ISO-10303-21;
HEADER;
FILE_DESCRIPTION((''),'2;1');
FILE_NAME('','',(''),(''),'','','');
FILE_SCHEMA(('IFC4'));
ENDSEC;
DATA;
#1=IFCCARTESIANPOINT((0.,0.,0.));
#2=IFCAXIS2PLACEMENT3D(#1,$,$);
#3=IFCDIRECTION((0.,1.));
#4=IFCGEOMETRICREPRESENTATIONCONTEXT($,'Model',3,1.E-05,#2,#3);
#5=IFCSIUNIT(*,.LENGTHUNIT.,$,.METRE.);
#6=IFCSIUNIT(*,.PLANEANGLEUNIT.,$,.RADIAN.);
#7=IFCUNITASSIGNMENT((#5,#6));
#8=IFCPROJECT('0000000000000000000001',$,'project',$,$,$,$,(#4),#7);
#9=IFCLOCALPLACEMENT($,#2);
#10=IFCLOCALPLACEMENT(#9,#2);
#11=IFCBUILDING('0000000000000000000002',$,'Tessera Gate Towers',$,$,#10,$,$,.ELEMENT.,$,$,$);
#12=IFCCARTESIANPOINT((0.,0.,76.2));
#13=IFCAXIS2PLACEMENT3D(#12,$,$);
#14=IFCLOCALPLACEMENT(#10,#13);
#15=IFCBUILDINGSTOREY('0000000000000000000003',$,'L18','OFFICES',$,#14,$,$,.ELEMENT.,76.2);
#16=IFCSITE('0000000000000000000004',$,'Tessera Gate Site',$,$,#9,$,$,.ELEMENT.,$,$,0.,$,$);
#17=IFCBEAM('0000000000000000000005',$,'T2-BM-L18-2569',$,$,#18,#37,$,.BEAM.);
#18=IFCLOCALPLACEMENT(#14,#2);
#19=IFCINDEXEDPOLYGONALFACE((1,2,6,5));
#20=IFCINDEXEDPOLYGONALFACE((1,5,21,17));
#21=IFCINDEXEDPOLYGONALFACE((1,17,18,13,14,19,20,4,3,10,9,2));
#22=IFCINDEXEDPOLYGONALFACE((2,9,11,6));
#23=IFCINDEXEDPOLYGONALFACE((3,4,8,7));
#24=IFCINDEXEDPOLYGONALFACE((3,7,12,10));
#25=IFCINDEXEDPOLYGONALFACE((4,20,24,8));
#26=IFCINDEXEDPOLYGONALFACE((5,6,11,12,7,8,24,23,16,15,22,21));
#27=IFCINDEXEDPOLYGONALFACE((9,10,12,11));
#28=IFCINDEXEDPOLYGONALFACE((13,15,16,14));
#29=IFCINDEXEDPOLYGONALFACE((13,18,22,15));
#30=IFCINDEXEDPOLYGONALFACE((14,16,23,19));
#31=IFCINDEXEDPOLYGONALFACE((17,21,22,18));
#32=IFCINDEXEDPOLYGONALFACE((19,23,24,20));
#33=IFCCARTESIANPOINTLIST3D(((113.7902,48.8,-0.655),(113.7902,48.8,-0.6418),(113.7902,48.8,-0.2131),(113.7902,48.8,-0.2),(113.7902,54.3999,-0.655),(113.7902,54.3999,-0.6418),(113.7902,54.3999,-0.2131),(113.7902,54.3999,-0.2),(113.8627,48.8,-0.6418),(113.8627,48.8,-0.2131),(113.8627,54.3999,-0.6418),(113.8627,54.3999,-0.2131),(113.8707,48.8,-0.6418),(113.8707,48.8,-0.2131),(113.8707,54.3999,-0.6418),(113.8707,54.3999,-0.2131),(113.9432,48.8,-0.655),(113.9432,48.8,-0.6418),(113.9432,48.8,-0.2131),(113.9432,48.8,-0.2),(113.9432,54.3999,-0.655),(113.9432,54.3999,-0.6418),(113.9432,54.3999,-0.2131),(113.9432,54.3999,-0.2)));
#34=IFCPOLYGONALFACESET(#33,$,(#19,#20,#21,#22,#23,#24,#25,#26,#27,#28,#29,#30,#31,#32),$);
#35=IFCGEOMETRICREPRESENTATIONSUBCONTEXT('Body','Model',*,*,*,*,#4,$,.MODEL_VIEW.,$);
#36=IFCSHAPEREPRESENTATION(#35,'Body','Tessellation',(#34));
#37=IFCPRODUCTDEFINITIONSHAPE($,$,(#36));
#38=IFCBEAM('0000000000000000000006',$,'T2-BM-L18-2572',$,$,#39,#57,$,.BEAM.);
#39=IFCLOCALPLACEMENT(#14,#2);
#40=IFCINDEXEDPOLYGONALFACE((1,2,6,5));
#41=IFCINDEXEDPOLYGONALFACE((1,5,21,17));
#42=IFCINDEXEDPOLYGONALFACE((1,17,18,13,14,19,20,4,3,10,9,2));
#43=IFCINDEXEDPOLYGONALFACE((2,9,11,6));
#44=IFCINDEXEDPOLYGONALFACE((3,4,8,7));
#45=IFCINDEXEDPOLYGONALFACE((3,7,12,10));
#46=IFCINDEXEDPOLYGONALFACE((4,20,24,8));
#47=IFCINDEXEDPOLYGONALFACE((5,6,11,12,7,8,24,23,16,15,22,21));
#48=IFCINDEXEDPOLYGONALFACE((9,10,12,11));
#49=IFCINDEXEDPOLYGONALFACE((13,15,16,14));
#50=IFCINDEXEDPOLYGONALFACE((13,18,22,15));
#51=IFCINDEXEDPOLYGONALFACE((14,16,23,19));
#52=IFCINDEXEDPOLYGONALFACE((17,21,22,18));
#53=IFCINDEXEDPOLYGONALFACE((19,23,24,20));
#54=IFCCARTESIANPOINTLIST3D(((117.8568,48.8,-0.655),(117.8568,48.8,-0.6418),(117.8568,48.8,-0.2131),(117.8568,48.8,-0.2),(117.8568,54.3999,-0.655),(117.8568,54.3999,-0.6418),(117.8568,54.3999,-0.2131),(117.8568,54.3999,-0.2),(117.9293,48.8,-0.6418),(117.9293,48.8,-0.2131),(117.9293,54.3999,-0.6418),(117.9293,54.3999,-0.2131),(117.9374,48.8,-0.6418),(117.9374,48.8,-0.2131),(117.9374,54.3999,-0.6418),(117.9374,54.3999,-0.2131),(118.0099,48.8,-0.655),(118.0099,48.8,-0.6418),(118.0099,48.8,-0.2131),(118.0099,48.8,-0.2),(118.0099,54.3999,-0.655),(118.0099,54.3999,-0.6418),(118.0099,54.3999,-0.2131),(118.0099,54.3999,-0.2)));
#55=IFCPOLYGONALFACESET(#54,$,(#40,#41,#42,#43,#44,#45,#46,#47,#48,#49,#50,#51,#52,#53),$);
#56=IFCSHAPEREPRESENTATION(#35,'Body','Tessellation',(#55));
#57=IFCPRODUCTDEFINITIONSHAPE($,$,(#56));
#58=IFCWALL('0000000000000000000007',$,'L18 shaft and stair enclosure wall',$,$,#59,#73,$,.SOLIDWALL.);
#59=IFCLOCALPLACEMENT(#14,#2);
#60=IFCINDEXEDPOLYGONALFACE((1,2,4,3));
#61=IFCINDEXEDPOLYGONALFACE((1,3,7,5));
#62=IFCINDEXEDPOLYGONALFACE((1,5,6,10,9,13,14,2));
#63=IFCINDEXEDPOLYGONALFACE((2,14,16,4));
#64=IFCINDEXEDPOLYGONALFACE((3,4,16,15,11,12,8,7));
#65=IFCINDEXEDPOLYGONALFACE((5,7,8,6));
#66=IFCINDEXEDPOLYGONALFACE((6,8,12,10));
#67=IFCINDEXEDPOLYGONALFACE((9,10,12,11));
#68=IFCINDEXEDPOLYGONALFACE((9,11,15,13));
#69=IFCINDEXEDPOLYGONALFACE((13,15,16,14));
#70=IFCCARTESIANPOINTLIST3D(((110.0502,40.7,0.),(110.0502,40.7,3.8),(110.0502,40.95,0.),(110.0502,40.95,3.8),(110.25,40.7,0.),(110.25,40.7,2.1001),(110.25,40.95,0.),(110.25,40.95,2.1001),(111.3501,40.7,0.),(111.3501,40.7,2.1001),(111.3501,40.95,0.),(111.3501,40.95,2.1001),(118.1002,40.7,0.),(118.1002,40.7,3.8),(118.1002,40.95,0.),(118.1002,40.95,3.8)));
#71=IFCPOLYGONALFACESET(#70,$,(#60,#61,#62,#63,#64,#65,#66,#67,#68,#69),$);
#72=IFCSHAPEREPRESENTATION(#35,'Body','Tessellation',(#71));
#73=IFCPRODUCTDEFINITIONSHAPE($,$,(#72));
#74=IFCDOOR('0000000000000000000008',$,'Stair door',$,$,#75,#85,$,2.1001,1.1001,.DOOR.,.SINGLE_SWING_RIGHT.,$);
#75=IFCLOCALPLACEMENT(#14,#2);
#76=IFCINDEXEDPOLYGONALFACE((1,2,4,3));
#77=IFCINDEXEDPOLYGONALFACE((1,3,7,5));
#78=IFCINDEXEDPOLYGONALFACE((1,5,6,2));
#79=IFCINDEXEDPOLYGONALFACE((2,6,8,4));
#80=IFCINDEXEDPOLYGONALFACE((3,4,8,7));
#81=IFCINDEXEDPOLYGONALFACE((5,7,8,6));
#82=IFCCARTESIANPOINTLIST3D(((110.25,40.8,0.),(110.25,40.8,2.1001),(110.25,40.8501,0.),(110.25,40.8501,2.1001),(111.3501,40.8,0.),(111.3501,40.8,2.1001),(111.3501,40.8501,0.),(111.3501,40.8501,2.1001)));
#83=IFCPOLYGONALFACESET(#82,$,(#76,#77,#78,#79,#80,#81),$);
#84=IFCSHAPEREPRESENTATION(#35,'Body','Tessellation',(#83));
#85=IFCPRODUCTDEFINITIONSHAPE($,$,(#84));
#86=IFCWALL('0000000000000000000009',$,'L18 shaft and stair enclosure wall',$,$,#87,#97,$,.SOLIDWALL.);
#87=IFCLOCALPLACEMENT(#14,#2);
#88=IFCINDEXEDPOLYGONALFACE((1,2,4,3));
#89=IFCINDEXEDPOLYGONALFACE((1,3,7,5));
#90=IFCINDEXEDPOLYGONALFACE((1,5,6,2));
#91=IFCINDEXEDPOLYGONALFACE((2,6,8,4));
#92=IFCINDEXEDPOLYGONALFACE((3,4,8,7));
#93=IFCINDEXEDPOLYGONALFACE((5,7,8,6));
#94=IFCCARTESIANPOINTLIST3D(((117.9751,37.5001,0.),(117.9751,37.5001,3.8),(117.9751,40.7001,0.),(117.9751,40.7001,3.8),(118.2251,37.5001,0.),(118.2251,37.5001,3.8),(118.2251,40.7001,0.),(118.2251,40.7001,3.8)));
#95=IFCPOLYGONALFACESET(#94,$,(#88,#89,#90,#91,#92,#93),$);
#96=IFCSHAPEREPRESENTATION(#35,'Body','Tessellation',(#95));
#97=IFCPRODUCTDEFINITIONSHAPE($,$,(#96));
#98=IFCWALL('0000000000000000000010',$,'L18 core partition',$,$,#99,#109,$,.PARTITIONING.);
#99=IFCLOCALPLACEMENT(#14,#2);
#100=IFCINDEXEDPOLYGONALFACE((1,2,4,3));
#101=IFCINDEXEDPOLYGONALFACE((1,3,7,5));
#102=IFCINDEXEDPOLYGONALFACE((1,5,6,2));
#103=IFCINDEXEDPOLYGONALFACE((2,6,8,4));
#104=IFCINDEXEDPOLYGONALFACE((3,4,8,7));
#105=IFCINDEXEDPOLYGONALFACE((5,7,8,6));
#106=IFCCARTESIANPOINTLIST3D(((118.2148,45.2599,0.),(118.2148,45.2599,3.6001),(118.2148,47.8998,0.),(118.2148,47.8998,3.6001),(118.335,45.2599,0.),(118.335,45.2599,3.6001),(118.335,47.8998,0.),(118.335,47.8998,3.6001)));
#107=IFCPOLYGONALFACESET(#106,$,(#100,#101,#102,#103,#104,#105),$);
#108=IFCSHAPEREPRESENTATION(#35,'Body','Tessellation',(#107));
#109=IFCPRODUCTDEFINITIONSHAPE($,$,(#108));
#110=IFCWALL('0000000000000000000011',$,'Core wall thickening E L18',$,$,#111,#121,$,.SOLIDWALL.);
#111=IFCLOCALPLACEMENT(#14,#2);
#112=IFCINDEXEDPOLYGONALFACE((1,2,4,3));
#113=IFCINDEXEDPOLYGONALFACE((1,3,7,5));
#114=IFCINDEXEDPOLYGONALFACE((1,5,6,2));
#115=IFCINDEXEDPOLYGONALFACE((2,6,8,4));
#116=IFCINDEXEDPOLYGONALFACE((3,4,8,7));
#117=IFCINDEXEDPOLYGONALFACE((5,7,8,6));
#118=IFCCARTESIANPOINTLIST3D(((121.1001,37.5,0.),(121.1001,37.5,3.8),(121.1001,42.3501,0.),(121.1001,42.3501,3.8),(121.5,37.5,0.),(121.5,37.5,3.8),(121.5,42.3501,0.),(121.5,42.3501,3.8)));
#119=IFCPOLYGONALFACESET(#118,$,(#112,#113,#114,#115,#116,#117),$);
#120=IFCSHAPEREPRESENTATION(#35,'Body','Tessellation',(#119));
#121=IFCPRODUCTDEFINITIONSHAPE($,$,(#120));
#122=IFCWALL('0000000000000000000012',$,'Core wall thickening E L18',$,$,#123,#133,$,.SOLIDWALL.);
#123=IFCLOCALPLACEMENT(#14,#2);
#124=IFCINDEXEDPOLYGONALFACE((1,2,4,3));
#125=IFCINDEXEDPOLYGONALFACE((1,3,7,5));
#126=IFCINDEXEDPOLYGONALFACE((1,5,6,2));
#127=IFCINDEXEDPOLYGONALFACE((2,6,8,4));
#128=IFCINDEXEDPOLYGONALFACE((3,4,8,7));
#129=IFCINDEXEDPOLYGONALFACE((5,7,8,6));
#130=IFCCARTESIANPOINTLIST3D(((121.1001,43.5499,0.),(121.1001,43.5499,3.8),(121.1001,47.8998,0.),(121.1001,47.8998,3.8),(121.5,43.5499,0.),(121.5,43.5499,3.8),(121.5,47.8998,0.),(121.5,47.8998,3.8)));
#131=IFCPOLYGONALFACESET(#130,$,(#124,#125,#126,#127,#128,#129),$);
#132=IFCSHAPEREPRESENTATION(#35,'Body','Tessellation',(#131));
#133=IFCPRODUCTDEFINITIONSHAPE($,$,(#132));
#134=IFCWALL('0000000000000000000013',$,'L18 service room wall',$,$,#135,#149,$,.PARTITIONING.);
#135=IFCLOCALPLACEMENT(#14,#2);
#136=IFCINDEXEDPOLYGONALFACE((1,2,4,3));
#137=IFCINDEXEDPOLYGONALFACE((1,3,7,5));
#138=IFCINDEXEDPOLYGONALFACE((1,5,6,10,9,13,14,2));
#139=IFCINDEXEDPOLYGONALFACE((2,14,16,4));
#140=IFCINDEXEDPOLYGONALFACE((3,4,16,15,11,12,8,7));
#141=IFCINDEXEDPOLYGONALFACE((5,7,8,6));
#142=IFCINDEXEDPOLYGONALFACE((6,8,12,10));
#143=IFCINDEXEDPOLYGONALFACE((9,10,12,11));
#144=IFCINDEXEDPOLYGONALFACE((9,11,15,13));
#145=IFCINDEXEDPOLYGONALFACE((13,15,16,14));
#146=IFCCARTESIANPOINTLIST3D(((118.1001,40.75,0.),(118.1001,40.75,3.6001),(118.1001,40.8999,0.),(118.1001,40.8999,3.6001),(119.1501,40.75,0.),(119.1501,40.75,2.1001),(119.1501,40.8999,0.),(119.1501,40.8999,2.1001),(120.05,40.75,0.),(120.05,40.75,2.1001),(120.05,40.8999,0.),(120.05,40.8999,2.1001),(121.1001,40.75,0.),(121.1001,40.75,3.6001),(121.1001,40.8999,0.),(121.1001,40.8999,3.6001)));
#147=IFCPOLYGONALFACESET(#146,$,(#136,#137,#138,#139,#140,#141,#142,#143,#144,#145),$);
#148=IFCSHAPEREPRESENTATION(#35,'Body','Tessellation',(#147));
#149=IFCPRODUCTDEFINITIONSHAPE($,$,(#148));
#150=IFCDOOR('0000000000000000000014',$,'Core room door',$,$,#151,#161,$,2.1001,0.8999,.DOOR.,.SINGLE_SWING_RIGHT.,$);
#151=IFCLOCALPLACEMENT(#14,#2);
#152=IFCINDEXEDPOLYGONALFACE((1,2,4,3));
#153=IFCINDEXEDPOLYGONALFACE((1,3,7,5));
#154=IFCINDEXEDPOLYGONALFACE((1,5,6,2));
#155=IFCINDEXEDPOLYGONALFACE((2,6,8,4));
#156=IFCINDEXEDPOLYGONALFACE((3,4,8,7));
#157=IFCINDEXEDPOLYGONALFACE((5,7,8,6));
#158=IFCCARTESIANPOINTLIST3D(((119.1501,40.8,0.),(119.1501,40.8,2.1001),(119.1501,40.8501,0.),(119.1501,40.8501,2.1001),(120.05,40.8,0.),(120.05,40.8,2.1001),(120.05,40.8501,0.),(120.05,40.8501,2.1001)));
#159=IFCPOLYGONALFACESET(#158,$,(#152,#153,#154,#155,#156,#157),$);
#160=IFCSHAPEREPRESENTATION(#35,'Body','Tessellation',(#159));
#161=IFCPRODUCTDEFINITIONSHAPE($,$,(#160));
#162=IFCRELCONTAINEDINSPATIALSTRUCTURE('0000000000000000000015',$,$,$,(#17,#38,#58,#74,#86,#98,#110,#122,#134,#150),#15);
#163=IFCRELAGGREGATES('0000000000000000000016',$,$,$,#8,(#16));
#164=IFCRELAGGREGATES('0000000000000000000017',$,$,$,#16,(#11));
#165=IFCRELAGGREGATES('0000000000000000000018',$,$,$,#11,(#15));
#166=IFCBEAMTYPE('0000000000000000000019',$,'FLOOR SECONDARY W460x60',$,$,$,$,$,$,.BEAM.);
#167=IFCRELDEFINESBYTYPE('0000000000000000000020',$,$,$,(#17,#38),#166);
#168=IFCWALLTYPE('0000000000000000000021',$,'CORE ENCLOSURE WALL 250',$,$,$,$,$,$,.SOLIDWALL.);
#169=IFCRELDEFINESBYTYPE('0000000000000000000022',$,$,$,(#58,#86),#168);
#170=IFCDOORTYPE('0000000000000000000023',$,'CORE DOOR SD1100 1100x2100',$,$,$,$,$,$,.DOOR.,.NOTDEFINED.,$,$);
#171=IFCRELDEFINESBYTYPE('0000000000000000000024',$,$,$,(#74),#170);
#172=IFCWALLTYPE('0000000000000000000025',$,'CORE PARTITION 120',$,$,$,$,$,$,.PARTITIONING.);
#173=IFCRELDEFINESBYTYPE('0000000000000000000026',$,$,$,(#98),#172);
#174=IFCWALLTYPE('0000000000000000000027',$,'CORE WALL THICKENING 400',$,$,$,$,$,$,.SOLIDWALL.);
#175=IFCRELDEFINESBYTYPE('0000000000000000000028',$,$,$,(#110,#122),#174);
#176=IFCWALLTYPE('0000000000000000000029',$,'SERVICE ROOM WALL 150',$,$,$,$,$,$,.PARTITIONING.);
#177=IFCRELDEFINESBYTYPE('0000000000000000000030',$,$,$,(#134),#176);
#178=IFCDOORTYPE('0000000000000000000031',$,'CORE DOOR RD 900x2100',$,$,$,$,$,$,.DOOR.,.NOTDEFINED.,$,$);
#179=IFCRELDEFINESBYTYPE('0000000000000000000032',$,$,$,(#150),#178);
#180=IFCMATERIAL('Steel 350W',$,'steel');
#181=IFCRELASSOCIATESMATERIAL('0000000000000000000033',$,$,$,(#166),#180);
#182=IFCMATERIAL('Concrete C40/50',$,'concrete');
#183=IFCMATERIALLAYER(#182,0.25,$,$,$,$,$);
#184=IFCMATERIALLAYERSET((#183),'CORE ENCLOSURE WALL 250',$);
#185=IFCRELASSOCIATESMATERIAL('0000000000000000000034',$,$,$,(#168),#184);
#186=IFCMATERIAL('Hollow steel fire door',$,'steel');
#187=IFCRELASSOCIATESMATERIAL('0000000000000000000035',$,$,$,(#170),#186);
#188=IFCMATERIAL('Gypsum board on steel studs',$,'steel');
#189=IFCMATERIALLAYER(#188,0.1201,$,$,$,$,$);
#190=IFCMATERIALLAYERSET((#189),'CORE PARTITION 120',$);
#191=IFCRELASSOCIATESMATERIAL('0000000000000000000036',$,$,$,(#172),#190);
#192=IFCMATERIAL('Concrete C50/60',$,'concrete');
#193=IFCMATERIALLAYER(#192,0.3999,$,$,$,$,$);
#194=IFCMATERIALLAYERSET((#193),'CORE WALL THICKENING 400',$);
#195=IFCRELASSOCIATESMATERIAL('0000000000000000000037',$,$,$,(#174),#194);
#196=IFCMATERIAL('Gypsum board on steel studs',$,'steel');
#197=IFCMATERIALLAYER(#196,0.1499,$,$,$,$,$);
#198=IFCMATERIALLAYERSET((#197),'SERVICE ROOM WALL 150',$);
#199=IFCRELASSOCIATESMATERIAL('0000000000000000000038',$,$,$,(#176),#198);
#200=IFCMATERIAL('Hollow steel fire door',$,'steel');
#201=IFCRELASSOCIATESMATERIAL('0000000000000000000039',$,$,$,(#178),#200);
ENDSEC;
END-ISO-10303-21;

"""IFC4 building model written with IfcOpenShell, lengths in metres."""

from ifc_helpers import new_model, si_unit, direction, frame, frame_2d, origin, origin_2d, place, context, subcontext, project, spatial, rectangle, i_section, extrude, source, transform, mapped, material, layer, layer_set, material_profile, profile_set, type_object, element, fill, save


model = new_model("IFC4")

# Units and contexts
model_context = context("Model", 3, precision=1e-05, world=origin(), true_north=direction((0.0, 1.0)))
body_context = subcontext(model_context, "Body", "Model", "MODEL_VIEW")
ifc_project = project(units=[si_unit("LENGTHUNIT", "METRE"), si_unit("PLANEANGLEUNIT", "RADIAN")], contexts=[model_context])

# Site, building, storey
site_placement = place(None, origin())
site = spatial("IfcSite", under=ifc_project, at=site_placement, Name="Tessera Gate Site", CompositionType="ELEMENT", RefElevation=0.0)
building_placement = place(site_placement, origin())
building = spatial("IfcBuilding", under=site, at=building_placement, Name="Tessera Gate Towers", CompositionType="ELEMENT")
storey_placement = place(building_placement, frame((0.0, 0.0, 76.2)))
storey = spatial("IfcBuildingStorey", under=building, at=storey_placement, Name="L18", Description="OFFICES", CompositionType="ELEMENT", Elevation=76.2)

# Beams
ifc_material_1 = material(Name="Steel 350W", Category="steel")
ifc_material_profile = material_profile(ifc_material_1, i_section(OverallWidth=0.1531, OverallDepth=0.4551, WebThickness=0.0081, FlangeThickness=0.0132, at=origin_2d()), Name="W460x60")
ifc_profile_set = profile_set([ifc_material_profile], Name="Steel 350W")
beam_type = type_object("IfcBeamType", Name="FLOOR SECONDARY W460x60", PredefinedType="BEAM", material=ifc_profile_set)
for number, where, z_axis, x_axis, name in (
    (1, (113.8667, 48.8, -0.4275), (0.0, 1.0, 0.0), (-1.0, 0.0, 0.0), "T2-BM-L18-2569"),
    (2, (117.9333, 48.8, -0.4275), (0.0, 1.0, 0.0), (-1.0, 0.0, 0.0), "T2-BM-L18-2572"),
):
    element("IfcBeam", number, at=place(storey_placement, frame(where, z_axis=z_axis, x_axis=x_axis)), inside=storey, type_object=beam_type, Name=name, PredefinedType="BEAM", context=body_context, shape_type="SweptSolid", body=[
        extrude(i_section(OverallWidth=0.1531, OverallDepth=0.4551, WebThickness=0.0081, FlangeThickness=0.0132, at=origin_2d()), origin(), (0.0, 0.0, 1.0), 5.5999),
    ])

# Wall, opening, door
ifc_material_2 = material(Name="Concrete C40/50", Category="concrete")
ifc_layer_1 = layer(ifc_material_2, 0.25)
ifc_layer_set_1 = layer_set([ifc_layer_1], Name="CORE ENCLOSURE WALL 250")
wall_type_1 = type_object("IfcWallType", Name="CORE ENCLOSURE WALL 250", PredefinedType="SOLIDWALL", material=ifc_layer_set_1)
wall_1_placement = place(storey_placement, frame((118.1001, 40.825, 0.0), z_axis=(0.0, 0.0, 1.0), x_axis=(-1.0, 0.0, 0.0)))
wall_1 = element("IfcWall", 3, at=wall_1_placement, inside=storey, type_object=wall_type_1, Name="L18 shaft and stair enclosure wall", PredefinedType="SOLIDWALL", context=body_context, shape_type="SweptSolid", body=[
    extrude(rectangle(XDim=8.05, YDim=0.25, at=frame_2d((4.0249, 0.0))), origin(), (0.0, 0.0, 1.0), 3.8),
])
shared_shape_1 = source(origin(), body_context, "Body", "SweptSolid", [
    extrude(rectangle(XDim=1.1001, YDim=2.1001, at=frame_2d((0.55, 1.05))), frame((0.0, 0.135, 0.0), z_axis=(0.0, -1.0, 0.0), x_axis=(1.0, 0.0, 0.0)), (0.0, 0.0, 1.0), 0.27),
])
opening_1_placement = place(wall_1_placement, frame((6.75, 0.0, 0.0)))
opening_1 = element("IfcOpeningElement", 4, at=opening_1_placement, cuts=wall_1, PredefinedType="OPENING", context=body_context, shape_type="MappedRepresentation", body=[
    mapped(shared_shape_1, transform((0.0, 0.0, 0.0), scale=1.0)),
])
ifc_material_3 = material(Name="Hollow steel fire door", Category="steel")
door_type_1 = type_object("IfcDoorType", Name="CORE DOOR SD1100 1100x2100", OperationType="NOTDEFINED", PredefinedType="DOOR", material=ifc_material_3)
shared_shape_2 = source(origin(), body_context, "Body", "SweptSolid", [
    extrude(rectangle(XDim=1.1001, YDim=2.1001, at=frame_2d((0.55, 1.05))), frame((0.0, 0.0249, 0.0), z_axis=(0.0, -1.0, 0.0), x_axis=(1.0, 0.0, 0.0)), (0.0, 0.0, 1.0), 0.05),
])
door_1_placement = place(opening_1_placement, origin())
door_1 = element("IfcDoor", 5, at=door_1_placement, inside=storey, type_object=door_type_1, Name="Stair door", OperationType="SINGLE_SWING_RIGHT", OverallHeight=2.1001, OverallWidth=1.1001, PredefinedType="DOOR", context=body_context, shape_type="MappedRepresentation", body=[
    mapped(shared_shape_2, transform((0.0, 0.0, 0.0), scale=1.0)),
])
fill(opening_1, door_1)

# Walls
wall_2_placement = place(storey_placement, frame((118.1001, 37.5, 0.0), z_axis=(0.0, 0.0, 1.0), x_axis=(0.0, 1.0, 0.0)))
element("IfcWall", 6, at=wall_2_placement, inside=storey, type_object=wall_type_1, Name="L18 shaft and stair enclosure wall", PredefinedType="SOLIDWALL", context=body_context, shape_type="SweptSolid", body=[
    extrude(rectangle(XDim=3.2, YDim=0.25, at=frame_2d((1.6001, 0.0))), origin(), (0.0, 0.0, 1.0), 3.8),
])
ifc_material_4 = material(Name="Gypsum board on steel studs", Category="steel")
ifc_layer_2 = layer(ifc_material_4, 0.1201)
ifc_layer_set_2 = layer_set([ifc_layer_2], Name="CORE PARTITION 120")
wall_type_2 = type_object("IfcWallType", Name="CORE PARTITION 120", PredefinedType="PARTITIONING", material=ifc_layer_set_2)
wall_3_placement = place(storey_placement, frame((118.2749, 45.26, 0.0), z_axis=(0.0, 0.0, 1.0), x_axis=(0.0, 1.0, 0.0)))
element("IfcWall", 7, at=wall_3_placement, inside=storey, type_object=wall_type_2, Name="L18 core partition", PredefinedType="PARTITIONING", context=body_context, shape_type="SweptSolid", body=[
    extrude(rectangle(XDim=2.6399, YDim=0.1201, at=frame_2d((1.3198, 0.0))), origin(), (0.0, 0.0, 1.0), 3.6001),
])
ifc_material_5 = material(Name="Concrete C50/60", Category="concrete")
ifc_layer_3 = layer(ifc_material_5, 0.3999)
ifc_layer_set_3 = layer_set([ifc_layer_3], Name="CORE WALL THICKENING 400")
wall_type_3 = type_object("IfcWallType", Name="CORE WALL THICKENING 400", PredefinedType="SOLIDWALL", material=ifc_layer_set_3)
wall_4_placement = place(storey_placement, frame((121.3, 37.5, 0.0), z_axis=(0.0, 0.0, 1.0), x_axis=(0.0, 1.0, 0.0)))
element("IfcWall", 8, at=wall_4_placement, inside=storey, type_object=wall_type_3, Name="Core wall thickening E L18", PredefinedType="SOLIDWALL", context=body_context, shape_type="SweptSolid", body=[
    extrude(rectangle(XDim=4.8501, YDim=0.3999, at=frame_2d((2.425, 0.0))), origin(), (0.0, 0.0, 1.0), 3.8),
])
wall_5_placement = place(storey_placement, frame((121.3, 43.55, 0.0), z_axis=(0.0, 0.0, 1.0), x_axis=(0.0, 1.0, 0.0)))
element("IfcWall", 9, at=wall_5_placement, inside=storey, type_object=wall_type_3, Name="Core wall thickening E L18", PredefinedType="SOLIDWALL", context=body_context, shape_type="SweptSolid", body=[
    extrude(rectangle(XDim=4.3499, YDim=0.3999, at=frame_2d((2.1748, 0.0))), origin(), (0.0, 0.0, 1.0), 3.8),
])

# Wall, opening, door
ifc_material_6 = material(Name="Gypsum board on steel studs", Category="steel")
ifc_layer_4 = layer(ifc_material_6, 0.1499)
ifc_layer_set_4 = layer_set([ifc_layer_4], Name="SERVICE ROOM WALL 150")
wall_type_4 = type_object("IfcWallType", Name="SERVICE ROOM WALL 150", PredefinedType="PARTITIONING", material=ifc_layer_set_4)
wall_6_placement = place(storey_placement, frame((121.1001, 40.825, 0.0), z_axis=(0.0, 0.0, 1.0), x_axis=(-1.0, 0.0, 0.0)))
wall_6 = element("IfcWall", 10, at=wall_6_placement, inside=storey, type_object=wall_type_4, Name="L18 service room wall", PredefinedType="PARTITIONING", context=body_context, shape_type="SweptSolid", body=[
    extrude(rectangle(XDim=3.0, YDim=0.1499, at=frame_2d((1.5, 0.0))), origin(), (0.0, 0.0, 1.0), 3.6001),
])
shared_shape_3 = source(origin(), body_context, "Body", "SweptSolid", [
    extrude(rectangle(XDim=0.8999, YDim=2.1001, at=frame_2d((0.45, 1.05))), frame((0.0, 0.085, 0.0), z_axis=(0.0, -1.0, 0.0), x_axis=(1.0, 0.0, 0.0)), (0.0, 0.0, 1.0), 0.1699),
])
opening_2_placement = place(wall_6_placement, frame((1.05, 0.0, 0.0)))
opening_2 = element("IfcOpeningElement", 11, at=opening_2_placement, cuts=wall_6, PredefinedType="OPENING", context=body_context, shape_type="MappedRepresentation", body=[
    mapped(shared_shape_3, transform((0.0, 0.0, 0.0), scale=1.0)),
])
ifc_material_7 = material(Name="Hollow steel fire door", Category="steel")
door_type_2 = type_object("IfcDoorType", Name="CORE DOOR RD 900x2100", OperationType="NOTDEFINED", PredefinedType="DOOR", material=ifc_material_7)
shared_shape_4 = source(origin(), body_context, "Body", "SweptSolid", [
    extrude(rectangle(XDim=0.8999, YDim=2.1001, at=frame_2d((0.45, 1.05))), frame((0.0, 0.0249, 0.0), z_axis=(0.0, -1.0, 0.0), x_axis=(1.0, 0.0, 0.0)), (0.0, 0.0, 1.0), 0.05),
])
door_2_placement = place(opening_2_placement, origin())
door_2 = element("IfcDoor", 12, at=door_2_placement, inside=storey, type_object=door_type_2, Name="Core room door", OperationType="SINGLE_SWING_RIGHT", OverallHeight=2.1001, OverallWidth=0.8999, PredefinedType="DOOR", context=body_context, shape_type="MappedRepresentation", body=[
    mapped(shared_shape_4, transform((0.0, 0.0, 0.0), scale=1.0)),
])
fill(opening_2, door_2)

save(model, "model.ifc")
